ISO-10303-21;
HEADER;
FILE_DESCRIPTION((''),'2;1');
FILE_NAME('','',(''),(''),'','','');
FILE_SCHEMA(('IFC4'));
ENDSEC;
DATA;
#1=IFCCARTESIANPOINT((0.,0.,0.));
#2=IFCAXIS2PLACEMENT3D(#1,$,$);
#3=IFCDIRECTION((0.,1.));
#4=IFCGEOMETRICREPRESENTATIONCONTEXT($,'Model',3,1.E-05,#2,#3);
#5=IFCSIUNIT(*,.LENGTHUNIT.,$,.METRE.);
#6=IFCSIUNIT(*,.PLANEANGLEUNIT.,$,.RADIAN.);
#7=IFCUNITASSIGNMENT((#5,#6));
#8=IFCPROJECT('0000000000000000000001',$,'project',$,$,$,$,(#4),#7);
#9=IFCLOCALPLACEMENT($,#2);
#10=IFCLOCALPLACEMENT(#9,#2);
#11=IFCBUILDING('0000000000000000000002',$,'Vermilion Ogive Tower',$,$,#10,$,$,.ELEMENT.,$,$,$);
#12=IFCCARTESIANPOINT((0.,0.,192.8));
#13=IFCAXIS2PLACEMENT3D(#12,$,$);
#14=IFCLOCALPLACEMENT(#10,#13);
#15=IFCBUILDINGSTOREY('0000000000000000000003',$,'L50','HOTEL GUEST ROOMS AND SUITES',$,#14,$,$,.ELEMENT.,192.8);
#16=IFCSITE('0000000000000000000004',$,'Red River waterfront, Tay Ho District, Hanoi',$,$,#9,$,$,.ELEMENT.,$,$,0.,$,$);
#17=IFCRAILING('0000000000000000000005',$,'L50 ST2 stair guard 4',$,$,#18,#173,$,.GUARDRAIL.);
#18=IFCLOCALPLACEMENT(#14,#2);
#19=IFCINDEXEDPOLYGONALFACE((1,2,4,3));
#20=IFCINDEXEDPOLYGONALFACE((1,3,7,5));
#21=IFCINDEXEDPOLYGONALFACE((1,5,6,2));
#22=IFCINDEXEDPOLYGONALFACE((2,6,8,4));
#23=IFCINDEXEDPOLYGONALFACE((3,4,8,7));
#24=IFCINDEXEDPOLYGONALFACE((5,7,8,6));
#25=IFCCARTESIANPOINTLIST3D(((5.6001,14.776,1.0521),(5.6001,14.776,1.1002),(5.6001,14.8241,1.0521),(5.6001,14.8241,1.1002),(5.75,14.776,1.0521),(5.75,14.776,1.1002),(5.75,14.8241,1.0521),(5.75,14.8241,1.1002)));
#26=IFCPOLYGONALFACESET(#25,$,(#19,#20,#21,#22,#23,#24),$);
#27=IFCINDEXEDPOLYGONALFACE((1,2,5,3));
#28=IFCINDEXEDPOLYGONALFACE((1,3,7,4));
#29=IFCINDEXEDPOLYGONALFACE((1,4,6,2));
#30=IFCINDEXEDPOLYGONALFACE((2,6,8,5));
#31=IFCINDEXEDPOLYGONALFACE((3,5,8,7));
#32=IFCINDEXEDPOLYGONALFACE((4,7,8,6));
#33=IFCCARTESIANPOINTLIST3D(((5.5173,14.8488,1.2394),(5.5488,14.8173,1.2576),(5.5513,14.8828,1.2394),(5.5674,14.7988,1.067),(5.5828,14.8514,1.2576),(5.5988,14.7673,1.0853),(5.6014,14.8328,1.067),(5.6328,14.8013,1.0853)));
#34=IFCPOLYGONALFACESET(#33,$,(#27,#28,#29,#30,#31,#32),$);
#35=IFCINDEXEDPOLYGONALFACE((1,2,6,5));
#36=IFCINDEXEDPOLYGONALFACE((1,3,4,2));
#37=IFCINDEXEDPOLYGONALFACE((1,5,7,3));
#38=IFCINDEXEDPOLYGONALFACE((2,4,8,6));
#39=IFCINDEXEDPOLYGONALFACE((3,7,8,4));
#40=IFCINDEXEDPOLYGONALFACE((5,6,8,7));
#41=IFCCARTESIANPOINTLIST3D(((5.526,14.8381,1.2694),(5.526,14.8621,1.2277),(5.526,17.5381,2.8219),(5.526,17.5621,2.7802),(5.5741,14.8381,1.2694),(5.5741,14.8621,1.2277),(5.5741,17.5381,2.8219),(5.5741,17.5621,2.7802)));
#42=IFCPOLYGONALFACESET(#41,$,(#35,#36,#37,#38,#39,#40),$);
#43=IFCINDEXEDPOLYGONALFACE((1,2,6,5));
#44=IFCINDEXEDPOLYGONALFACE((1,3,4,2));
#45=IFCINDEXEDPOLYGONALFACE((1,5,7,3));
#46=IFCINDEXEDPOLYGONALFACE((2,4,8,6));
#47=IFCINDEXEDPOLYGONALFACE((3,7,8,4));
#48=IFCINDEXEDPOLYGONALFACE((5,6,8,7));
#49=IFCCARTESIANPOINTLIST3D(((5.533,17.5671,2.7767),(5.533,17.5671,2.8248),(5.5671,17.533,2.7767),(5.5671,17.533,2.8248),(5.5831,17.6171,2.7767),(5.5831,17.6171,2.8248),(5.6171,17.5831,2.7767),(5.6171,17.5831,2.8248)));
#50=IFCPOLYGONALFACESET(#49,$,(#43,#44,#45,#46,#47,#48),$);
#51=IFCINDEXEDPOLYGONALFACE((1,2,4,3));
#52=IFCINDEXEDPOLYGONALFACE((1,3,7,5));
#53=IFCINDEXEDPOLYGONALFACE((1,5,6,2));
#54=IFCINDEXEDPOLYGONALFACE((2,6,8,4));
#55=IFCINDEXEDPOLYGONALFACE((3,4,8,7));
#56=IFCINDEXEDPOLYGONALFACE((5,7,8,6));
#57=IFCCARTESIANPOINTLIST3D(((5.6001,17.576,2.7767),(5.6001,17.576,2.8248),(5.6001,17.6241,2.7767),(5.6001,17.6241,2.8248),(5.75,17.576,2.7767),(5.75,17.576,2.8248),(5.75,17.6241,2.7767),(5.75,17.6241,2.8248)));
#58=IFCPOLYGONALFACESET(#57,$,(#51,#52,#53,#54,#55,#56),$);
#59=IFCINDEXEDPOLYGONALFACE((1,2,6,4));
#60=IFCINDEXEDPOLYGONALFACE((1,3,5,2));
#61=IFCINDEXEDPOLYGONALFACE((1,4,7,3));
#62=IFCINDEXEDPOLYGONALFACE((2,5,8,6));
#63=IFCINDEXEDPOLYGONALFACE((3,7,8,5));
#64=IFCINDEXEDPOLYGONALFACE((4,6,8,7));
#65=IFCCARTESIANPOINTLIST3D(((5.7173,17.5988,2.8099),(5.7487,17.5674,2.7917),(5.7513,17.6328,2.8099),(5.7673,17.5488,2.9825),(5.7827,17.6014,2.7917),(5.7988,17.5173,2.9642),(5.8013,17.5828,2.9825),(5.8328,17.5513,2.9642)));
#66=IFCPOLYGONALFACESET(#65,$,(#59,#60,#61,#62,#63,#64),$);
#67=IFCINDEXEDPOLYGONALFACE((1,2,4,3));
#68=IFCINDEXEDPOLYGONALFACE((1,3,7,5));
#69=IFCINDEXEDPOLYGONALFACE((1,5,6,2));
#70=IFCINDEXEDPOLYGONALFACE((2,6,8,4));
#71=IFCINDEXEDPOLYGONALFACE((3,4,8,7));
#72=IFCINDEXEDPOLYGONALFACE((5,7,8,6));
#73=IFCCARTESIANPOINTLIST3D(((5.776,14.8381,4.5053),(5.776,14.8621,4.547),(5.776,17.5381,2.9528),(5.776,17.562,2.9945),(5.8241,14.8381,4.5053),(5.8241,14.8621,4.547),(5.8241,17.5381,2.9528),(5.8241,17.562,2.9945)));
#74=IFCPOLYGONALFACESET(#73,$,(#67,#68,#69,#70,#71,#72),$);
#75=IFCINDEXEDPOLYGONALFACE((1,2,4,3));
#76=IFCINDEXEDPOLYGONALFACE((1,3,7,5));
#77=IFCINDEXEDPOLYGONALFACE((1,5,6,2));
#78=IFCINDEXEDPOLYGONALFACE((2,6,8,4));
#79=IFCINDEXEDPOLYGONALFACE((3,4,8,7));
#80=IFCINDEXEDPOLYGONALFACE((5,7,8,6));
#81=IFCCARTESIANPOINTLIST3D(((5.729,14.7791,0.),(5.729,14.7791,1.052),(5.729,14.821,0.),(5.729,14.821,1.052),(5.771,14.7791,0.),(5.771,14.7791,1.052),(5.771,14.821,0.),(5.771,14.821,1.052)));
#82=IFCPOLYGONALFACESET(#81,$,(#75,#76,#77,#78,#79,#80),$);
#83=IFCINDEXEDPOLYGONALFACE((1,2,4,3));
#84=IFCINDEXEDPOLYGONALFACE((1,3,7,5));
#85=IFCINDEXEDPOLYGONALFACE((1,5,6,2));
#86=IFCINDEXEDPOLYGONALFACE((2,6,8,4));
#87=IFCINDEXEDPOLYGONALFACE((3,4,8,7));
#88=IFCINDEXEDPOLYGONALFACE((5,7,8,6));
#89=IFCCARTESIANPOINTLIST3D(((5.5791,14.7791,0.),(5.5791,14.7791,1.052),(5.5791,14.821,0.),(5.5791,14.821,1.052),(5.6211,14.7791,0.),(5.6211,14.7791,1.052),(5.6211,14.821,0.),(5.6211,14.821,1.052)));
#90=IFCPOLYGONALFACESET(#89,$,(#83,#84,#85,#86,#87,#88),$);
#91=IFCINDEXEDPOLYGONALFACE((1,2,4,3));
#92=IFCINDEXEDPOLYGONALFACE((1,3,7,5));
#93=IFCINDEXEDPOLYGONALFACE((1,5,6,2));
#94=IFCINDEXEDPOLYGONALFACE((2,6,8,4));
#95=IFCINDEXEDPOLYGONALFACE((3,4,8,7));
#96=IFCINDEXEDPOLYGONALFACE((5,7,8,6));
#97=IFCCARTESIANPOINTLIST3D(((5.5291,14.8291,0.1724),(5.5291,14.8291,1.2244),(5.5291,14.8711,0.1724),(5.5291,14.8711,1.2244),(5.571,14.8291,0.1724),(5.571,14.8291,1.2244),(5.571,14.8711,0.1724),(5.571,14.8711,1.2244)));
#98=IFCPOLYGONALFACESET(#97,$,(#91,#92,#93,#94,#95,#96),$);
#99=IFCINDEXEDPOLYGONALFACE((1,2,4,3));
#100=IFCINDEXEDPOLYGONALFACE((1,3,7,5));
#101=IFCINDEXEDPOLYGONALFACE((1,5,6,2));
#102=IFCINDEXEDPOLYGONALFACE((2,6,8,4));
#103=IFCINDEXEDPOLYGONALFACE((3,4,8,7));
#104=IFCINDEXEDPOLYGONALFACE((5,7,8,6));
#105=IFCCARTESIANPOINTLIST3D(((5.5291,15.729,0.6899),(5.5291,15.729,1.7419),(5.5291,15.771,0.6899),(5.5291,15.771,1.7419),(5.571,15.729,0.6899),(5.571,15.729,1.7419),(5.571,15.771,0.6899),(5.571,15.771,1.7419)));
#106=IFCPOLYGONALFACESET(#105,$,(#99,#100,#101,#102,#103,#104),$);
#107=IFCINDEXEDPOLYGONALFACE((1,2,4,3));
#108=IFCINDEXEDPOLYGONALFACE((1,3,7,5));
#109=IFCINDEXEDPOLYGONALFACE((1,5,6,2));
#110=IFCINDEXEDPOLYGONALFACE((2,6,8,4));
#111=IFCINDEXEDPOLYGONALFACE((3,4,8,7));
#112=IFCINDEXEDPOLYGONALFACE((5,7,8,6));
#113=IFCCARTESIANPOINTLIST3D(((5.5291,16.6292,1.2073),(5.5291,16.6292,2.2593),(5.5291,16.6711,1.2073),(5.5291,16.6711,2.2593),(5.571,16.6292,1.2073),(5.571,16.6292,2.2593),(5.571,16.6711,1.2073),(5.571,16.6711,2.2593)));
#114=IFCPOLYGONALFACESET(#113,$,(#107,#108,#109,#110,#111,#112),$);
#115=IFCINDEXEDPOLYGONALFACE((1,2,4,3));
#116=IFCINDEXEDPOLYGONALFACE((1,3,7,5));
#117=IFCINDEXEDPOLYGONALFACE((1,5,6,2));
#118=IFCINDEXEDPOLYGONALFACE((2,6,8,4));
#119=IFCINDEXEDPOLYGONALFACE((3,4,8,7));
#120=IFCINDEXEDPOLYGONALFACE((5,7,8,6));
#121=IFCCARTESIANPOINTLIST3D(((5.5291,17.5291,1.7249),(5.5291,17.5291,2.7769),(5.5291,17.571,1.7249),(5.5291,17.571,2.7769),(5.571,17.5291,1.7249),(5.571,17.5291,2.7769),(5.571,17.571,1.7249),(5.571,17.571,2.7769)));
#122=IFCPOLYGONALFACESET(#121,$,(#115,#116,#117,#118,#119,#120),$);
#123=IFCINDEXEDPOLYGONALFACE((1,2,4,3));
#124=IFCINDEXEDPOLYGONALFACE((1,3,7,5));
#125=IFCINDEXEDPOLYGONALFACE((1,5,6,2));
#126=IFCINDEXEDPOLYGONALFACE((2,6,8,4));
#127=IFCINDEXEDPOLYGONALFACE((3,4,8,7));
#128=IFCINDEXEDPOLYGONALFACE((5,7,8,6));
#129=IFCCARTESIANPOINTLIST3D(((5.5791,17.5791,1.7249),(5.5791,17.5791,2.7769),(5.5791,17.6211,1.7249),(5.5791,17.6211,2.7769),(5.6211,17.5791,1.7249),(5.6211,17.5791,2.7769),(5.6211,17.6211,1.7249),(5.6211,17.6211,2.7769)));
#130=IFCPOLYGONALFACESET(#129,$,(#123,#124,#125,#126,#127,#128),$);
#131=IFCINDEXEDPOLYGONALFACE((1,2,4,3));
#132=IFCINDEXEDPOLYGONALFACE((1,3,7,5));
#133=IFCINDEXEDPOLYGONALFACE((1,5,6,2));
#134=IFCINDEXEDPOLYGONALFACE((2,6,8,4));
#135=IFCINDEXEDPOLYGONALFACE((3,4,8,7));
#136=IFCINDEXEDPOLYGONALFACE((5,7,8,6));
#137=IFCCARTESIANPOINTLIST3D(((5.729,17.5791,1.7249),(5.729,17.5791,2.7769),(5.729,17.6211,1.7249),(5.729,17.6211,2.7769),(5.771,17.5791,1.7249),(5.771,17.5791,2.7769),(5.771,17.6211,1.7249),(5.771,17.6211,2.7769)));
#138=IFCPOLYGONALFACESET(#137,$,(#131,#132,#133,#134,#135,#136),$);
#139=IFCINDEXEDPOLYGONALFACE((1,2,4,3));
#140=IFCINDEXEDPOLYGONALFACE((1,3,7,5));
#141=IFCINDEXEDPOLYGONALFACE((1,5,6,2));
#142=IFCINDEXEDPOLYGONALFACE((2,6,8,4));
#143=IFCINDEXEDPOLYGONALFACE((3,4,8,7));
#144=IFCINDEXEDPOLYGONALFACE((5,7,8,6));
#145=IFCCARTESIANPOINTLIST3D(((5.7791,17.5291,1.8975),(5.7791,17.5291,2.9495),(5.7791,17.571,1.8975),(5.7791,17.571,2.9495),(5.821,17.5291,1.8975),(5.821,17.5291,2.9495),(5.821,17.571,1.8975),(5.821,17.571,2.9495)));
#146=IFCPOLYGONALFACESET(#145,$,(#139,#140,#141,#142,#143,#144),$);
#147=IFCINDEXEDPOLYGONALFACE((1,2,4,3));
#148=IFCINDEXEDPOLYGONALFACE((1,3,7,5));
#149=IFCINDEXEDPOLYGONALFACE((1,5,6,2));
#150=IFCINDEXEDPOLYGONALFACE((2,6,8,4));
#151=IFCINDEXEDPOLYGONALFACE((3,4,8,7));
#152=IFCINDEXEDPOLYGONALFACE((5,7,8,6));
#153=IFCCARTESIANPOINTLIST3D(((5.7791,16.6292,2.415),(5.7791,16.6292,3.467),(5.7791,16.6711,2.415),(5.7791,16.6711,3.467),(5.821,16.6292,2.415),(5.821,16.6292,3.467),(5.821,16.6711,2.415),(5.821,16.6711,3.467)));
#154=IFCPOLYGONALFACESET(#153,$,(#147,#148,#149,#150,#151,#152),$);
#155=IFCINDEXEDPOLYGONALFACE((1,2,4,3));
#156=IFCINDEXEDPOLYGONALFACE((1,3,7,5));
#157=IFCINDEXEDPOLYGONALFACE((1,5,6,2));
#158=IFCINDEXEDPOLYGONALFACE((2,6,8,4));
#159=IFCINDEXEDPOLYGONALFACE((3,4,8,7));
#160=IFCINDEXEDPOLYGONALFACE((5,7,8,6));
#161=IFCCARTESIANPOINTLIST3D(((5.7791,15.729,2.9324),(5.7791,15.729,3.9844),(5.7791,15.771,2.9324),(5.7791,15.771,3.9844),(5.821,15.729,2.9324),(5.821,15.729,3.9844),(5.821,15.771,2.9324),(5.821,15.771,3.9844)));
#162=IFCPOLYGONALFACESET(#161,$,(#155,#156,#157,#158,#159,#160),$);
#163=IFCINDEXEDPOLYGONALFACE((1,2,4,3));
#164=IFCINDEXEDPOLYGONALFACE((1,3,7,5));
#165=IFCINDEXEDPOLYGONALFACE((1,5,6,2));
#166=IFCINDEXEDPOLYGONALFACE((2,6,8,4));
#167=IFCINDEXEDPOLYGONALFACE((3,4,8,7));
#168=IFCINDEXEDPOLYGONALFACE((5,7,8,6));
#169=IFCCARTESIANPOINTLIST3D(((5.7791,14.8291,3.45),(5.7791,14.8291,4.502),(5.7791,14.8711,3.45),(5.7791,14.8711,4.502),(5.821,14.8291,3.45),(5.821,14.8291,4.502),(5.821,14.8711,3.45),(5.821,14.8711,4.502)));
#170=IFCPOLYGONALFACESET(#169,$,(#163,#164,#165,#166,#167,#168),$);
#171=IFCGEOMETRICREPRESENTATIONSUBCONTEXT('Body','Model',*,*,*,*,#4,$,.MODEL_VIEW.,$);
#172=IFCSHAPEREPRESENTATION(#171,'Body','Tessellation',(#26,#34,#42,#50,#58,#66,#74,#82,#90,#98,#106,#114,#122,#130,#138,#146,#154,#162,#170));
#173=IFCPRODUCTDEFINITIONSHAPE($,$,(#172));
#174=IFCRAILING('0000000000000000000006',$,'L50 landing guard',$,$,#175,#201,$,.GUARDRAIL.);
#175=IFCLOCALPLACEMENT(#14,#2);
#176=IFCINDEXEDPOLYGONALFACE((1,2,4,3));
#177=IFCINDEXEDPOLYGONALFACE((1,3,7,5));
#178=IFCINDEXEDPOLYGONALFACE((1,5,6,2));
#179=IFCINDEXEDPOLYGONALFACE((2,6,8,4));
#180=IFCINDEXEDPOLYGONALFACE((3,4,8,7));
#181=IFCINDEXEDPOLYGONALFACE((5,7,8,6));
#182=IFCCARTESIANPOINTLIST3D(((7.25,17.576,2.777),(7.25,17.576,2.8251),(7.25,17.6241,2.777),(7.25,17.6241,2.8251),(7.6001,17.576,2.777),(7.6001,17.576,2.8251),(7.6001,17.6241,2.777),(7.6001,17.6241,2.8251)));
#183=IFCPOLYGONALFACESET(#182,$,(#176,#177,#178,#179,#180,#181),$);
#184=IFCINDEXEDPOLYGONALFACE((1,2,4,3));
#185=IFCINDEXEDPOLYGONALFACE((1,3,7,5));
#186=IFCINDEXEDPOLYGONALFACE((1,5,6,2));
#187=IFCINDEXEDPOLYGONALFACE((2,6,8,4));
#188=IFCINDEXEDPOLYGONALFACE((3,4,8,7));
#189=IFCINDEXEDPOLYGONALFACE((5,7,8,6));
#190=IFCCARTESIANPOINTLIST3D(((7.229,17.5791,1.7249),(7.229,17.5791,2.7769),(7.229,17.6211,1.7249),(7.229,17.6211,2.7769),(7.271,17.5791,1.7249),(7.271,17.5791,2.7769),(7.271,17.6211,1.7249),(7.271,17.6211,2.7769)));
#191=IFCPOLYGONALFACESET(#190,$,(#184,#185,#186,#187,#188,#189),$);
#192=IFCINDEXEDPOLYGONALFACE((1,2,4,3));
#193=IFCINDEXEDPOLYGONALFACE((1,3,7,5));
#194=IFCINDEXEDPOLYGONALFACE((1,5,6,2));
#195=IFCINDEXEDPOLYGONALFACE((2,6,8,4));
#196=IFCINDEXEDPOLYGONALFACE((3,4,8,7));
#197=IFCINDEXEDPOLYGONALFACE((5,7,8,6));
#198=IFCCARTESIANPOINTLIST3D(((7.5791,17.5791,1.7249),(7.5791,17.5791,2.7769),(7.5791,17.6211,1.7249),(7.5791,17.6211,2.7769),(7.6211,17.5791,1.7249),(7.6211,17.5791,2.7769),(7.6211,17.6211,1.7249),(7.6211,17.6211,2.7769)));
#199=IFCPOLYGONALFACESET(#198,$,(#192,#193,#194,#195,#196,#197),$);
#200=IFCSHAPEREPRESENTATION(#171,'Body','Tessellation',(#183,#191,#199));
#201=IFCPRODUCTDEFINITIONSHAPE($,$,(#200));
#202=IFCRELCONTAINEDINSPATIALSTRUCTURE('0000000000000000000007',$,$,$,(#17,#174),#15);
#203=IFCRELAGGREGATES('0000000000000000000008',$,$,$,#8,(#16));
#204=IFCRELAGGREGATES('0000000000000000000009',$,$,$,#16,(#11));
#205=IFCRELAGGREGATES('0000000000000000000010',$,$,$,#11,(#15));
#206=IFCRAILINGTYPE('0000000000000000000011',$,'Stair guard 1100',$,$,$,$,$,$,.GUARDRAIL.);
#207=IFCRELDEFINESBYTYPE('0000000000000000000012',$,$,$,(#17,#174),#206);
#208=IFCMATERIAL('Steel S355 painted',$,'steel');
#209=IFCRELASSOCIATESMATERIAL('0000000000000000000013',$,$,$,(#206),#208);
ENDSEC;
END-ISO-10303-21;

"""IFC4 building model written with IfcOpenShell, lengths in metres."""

from ifc_helpers import new_model, si_unit, direction, frame, origin, origin_2d, place, context, subcontext, project, spatial, rectangle, extrude, material, type_object, element, save


model = new_model("IFC4")

# Units and contexts
model_context = context("Model", 3, precision=1e-05, world=origin(), true_north=direction((0.0, 1.0)))
body_context = subcontext(model_context, "Body", "Model", "MODEL_VIEW")
ifc_project = project(units=[si_unit("LENGTHUNIT", "METRE"), si_unit("PLANEANGLEUNIT", "RADIAN")], contexts=[model_context])

# Site, building, storey
site_placement = place(None, origin())
site = spatial("IfcSite", under=ifc_project, at=site_placement, Name="Red River waterfront, Tay Ho District, Hanoi", CompositionType="ELEMENT", RefElevation=0.0)
building_placement = place(site_placement, origin())
building = spatial("IfcBuilding", under=site, at=building_placement, Name="Vermilion Ogive Tower", CompositionType="ELEMENT")
storey_placement = place(building_placement, frame((0.0, 0.0, 192.8)))
storey = spatial("IfcBuildingStorey", under=building, at=storey_placement, Name="L50", Description="HOTEL GUEST ROOMS AND SUITES", CompositionType="ELEMENT", Elevation=192.8)

# Railings
ifc_material_1 = material(Name="Steel S355 painted", Category="steel")
railing_type_1 = type_object("IfcRailingType", Name="Stair guard 1100", PredefinedType="GUARDRAIL", material=ifc_material_1)
railing_1_placement = place(storey_placement, frame((5.75, 14.8, 0.0)))
element("IfcRailing", 1, at=railing_1_placement, inside=storey, type_object=railing_type_1, Name="L50 ST2 stair guard 4", PredefinedType="GUARDRAIL", context=body_context, shape_type="SweptSolid", body=[
    extrude(rectangle(XDim=0.0481, YDim=0.0481, at=origin_2d()), frame((0.0, 0.0, 1.0762), z_axis=(-1.0, 0.0, 0.0), x_axis=(0.0, -1.0, 0.0)), (0.0, 0.0, 1.0), 0.1499),
    extrude(rectangle(XDim=0.0481, YDim=0.0481, at=origin_2d()), frame((-0.1499, 0.0, 1.0762), z_axis=(-0.268603, 0.268603, 0.925043), x_axis=(-0.707107, -0.707107, 0.0)), (0.0, 0.0, 1.0), 0.1863),
    extrude(rectangle(XDim=0.0481, YDim=0.0481, at=origin_2d()), frame((-0.2, 0.05, 1.2485), z_axis=(0.0, 0.866904, 0.498476), x_axis=(-1.0, 0.0, 0.0)), (0.0, 0.0, 1.0), 3.1145),
    extrude(rectangle(XDim=0.0481, YDim=0.0481, at=origin_2d()), frame((-0.2, 2.75, 2.8008), z_axis=(0.707107, 0.707107, 0.0), x_axis=(-0.707107, 0.707107, 0.0)), (0.0, 0.0, 1.0), 0.0708),
    extrude(rectangle(XDim=0.0481, YDim=0.0481, at=origin_2d()), frame((-0.1499, 2.8, 2.8008), z_axis=(1.0, 0.0, 0.0), x_axis=(0.0, 1.0, 0.0)), (0.0, 0.0, 1.0), 0.1499),
    extrude(rectangle(XDim=0.0481, YDim=0.0481, at=origin_2d()), frame((0.0, 2.8, 2.8008), z_axis=(0.268278, -0.268278, 0.925232), x_axis=(0.707107, 0.707107, 0.0)), (0.0, 0.0, 1.0), 0.1865),
    extrude(rectangle(XDim=0.0481, YDim=0.0481, at=origin_2d()), frame((0.05, 2.75, 2.9736), z_axis=(0.0, -0.866904, 0.498476), x_axis=(1.0, 0.0, 0.0)), (0.0, 0.0, 1.0), 3.1145),
    extrude(rectangle(XDim=0.042, YDim=0.042, at=origin_2d()), origin(), (0.0, 0.0, 1.0), 1.052),
    extrude(rectangle(XDim=0.042, YDim=0.042, at=origin_2d()), frame((-0.1499, 0.0, 0.0)), (0.0, 0.0, 1.0), 1.052),
    extrude(rectangle(XDim=0.042, YDim=0.042, at=origin_2d()), frame((-0.2, 0.05, 0.1724)), (0.0, 0.0, 1.0), 1.052),
    extrude(rectangle(XDim=0.042, YDim=0.042, at=origin_2d()), frame((-0.2, 0.95, 0.6899)), (0.0, 0.0, 1.0), 1.052),
    extrude(rectangle(XDim=0.042, YDim=0.042, at=origin_2d()), frame((-0.2, 1.8501, 1.2073)), (0.0, 0.0, 1.0), 1.052),
    extrude(rectangle(XDim=0.042, YDim=0.042, at=origin_2d()), frame((-0.2, 2.75, 1.7249)), (0.0, 0.0, 1.0), 1.052),
    extrude(rectangle(XDim=0.042, YDim=0.042, at=origin_2d()), frame((-0.1499, 2.8, 1.7249)), (0.0, 0.0, 1.0), 1.052),
    extrude(rectangle(XDim=0.042, YDim=0.042, at=origin_2d()), frame((0.0, 2.8, 1.7249)), (0.0, 0.0, 1.0), 1.052),
    extrude(rectangle(XDim=0.042, YDim=0.042, at=origin_2d()), frame((0.05, 2.75, 1.8975)), (0.0, 0.0, 1.0), 1.052),
    extrude(rectangle(XDim=0.042, YDim=0.042, at=origin_2d()), frame((0.05, 1.8501, 2.415)), (0.0, 0.0, 1.0), 1.052),
    extrude(rectangle(XDim=0.042, YDim=0.042, at=origin_2d()), frame((0.05, 0.95, 2.9324)), (0.0, 0.0, 1.0), 1.052),
    extrude(rectangle(XDim=0.042, YDim=0.042, at=origin_2d()), frame((0.05, 0.05, 3.45)), (0.0, 0.0, 1.0), 1.052),
])
railing_2_placement = place(storey_placement, frame((7.25, 17.6001, 1.7249)))
element("IfcRailing", 2, at=railing_2_placement, inside=storey, type_object=railing_type_1, Name="L50 landing guard", PredefinedType="GUARDRAIL", context=body_context, shape_type="SweptSolid", body=[
    extrude(rectangle(XDim=0.0481, YDim=0.0481, at=origin_2d()), frame((0.0, 0.0, 1.0762), z_axis=(1.0, 0.0, 0.0), x_axis=(0.0, 1.0, 0.0)), (0.0, 0.0, 1.0), 0.3501),
    extrude(rectangle(XDim=0.042, YDim=0.042, at=origin_2d()), origin(), (0.0, 0.0, 1.0), 1.052),
    extrude(rectangle(XDim=0.042, YDim=0.042, at=origin_2d()), frame((0.3501, 0.0, 0.0)), (0.0, 0.0, 1.0), 1.052),
])

save(model, "model.ifc")
